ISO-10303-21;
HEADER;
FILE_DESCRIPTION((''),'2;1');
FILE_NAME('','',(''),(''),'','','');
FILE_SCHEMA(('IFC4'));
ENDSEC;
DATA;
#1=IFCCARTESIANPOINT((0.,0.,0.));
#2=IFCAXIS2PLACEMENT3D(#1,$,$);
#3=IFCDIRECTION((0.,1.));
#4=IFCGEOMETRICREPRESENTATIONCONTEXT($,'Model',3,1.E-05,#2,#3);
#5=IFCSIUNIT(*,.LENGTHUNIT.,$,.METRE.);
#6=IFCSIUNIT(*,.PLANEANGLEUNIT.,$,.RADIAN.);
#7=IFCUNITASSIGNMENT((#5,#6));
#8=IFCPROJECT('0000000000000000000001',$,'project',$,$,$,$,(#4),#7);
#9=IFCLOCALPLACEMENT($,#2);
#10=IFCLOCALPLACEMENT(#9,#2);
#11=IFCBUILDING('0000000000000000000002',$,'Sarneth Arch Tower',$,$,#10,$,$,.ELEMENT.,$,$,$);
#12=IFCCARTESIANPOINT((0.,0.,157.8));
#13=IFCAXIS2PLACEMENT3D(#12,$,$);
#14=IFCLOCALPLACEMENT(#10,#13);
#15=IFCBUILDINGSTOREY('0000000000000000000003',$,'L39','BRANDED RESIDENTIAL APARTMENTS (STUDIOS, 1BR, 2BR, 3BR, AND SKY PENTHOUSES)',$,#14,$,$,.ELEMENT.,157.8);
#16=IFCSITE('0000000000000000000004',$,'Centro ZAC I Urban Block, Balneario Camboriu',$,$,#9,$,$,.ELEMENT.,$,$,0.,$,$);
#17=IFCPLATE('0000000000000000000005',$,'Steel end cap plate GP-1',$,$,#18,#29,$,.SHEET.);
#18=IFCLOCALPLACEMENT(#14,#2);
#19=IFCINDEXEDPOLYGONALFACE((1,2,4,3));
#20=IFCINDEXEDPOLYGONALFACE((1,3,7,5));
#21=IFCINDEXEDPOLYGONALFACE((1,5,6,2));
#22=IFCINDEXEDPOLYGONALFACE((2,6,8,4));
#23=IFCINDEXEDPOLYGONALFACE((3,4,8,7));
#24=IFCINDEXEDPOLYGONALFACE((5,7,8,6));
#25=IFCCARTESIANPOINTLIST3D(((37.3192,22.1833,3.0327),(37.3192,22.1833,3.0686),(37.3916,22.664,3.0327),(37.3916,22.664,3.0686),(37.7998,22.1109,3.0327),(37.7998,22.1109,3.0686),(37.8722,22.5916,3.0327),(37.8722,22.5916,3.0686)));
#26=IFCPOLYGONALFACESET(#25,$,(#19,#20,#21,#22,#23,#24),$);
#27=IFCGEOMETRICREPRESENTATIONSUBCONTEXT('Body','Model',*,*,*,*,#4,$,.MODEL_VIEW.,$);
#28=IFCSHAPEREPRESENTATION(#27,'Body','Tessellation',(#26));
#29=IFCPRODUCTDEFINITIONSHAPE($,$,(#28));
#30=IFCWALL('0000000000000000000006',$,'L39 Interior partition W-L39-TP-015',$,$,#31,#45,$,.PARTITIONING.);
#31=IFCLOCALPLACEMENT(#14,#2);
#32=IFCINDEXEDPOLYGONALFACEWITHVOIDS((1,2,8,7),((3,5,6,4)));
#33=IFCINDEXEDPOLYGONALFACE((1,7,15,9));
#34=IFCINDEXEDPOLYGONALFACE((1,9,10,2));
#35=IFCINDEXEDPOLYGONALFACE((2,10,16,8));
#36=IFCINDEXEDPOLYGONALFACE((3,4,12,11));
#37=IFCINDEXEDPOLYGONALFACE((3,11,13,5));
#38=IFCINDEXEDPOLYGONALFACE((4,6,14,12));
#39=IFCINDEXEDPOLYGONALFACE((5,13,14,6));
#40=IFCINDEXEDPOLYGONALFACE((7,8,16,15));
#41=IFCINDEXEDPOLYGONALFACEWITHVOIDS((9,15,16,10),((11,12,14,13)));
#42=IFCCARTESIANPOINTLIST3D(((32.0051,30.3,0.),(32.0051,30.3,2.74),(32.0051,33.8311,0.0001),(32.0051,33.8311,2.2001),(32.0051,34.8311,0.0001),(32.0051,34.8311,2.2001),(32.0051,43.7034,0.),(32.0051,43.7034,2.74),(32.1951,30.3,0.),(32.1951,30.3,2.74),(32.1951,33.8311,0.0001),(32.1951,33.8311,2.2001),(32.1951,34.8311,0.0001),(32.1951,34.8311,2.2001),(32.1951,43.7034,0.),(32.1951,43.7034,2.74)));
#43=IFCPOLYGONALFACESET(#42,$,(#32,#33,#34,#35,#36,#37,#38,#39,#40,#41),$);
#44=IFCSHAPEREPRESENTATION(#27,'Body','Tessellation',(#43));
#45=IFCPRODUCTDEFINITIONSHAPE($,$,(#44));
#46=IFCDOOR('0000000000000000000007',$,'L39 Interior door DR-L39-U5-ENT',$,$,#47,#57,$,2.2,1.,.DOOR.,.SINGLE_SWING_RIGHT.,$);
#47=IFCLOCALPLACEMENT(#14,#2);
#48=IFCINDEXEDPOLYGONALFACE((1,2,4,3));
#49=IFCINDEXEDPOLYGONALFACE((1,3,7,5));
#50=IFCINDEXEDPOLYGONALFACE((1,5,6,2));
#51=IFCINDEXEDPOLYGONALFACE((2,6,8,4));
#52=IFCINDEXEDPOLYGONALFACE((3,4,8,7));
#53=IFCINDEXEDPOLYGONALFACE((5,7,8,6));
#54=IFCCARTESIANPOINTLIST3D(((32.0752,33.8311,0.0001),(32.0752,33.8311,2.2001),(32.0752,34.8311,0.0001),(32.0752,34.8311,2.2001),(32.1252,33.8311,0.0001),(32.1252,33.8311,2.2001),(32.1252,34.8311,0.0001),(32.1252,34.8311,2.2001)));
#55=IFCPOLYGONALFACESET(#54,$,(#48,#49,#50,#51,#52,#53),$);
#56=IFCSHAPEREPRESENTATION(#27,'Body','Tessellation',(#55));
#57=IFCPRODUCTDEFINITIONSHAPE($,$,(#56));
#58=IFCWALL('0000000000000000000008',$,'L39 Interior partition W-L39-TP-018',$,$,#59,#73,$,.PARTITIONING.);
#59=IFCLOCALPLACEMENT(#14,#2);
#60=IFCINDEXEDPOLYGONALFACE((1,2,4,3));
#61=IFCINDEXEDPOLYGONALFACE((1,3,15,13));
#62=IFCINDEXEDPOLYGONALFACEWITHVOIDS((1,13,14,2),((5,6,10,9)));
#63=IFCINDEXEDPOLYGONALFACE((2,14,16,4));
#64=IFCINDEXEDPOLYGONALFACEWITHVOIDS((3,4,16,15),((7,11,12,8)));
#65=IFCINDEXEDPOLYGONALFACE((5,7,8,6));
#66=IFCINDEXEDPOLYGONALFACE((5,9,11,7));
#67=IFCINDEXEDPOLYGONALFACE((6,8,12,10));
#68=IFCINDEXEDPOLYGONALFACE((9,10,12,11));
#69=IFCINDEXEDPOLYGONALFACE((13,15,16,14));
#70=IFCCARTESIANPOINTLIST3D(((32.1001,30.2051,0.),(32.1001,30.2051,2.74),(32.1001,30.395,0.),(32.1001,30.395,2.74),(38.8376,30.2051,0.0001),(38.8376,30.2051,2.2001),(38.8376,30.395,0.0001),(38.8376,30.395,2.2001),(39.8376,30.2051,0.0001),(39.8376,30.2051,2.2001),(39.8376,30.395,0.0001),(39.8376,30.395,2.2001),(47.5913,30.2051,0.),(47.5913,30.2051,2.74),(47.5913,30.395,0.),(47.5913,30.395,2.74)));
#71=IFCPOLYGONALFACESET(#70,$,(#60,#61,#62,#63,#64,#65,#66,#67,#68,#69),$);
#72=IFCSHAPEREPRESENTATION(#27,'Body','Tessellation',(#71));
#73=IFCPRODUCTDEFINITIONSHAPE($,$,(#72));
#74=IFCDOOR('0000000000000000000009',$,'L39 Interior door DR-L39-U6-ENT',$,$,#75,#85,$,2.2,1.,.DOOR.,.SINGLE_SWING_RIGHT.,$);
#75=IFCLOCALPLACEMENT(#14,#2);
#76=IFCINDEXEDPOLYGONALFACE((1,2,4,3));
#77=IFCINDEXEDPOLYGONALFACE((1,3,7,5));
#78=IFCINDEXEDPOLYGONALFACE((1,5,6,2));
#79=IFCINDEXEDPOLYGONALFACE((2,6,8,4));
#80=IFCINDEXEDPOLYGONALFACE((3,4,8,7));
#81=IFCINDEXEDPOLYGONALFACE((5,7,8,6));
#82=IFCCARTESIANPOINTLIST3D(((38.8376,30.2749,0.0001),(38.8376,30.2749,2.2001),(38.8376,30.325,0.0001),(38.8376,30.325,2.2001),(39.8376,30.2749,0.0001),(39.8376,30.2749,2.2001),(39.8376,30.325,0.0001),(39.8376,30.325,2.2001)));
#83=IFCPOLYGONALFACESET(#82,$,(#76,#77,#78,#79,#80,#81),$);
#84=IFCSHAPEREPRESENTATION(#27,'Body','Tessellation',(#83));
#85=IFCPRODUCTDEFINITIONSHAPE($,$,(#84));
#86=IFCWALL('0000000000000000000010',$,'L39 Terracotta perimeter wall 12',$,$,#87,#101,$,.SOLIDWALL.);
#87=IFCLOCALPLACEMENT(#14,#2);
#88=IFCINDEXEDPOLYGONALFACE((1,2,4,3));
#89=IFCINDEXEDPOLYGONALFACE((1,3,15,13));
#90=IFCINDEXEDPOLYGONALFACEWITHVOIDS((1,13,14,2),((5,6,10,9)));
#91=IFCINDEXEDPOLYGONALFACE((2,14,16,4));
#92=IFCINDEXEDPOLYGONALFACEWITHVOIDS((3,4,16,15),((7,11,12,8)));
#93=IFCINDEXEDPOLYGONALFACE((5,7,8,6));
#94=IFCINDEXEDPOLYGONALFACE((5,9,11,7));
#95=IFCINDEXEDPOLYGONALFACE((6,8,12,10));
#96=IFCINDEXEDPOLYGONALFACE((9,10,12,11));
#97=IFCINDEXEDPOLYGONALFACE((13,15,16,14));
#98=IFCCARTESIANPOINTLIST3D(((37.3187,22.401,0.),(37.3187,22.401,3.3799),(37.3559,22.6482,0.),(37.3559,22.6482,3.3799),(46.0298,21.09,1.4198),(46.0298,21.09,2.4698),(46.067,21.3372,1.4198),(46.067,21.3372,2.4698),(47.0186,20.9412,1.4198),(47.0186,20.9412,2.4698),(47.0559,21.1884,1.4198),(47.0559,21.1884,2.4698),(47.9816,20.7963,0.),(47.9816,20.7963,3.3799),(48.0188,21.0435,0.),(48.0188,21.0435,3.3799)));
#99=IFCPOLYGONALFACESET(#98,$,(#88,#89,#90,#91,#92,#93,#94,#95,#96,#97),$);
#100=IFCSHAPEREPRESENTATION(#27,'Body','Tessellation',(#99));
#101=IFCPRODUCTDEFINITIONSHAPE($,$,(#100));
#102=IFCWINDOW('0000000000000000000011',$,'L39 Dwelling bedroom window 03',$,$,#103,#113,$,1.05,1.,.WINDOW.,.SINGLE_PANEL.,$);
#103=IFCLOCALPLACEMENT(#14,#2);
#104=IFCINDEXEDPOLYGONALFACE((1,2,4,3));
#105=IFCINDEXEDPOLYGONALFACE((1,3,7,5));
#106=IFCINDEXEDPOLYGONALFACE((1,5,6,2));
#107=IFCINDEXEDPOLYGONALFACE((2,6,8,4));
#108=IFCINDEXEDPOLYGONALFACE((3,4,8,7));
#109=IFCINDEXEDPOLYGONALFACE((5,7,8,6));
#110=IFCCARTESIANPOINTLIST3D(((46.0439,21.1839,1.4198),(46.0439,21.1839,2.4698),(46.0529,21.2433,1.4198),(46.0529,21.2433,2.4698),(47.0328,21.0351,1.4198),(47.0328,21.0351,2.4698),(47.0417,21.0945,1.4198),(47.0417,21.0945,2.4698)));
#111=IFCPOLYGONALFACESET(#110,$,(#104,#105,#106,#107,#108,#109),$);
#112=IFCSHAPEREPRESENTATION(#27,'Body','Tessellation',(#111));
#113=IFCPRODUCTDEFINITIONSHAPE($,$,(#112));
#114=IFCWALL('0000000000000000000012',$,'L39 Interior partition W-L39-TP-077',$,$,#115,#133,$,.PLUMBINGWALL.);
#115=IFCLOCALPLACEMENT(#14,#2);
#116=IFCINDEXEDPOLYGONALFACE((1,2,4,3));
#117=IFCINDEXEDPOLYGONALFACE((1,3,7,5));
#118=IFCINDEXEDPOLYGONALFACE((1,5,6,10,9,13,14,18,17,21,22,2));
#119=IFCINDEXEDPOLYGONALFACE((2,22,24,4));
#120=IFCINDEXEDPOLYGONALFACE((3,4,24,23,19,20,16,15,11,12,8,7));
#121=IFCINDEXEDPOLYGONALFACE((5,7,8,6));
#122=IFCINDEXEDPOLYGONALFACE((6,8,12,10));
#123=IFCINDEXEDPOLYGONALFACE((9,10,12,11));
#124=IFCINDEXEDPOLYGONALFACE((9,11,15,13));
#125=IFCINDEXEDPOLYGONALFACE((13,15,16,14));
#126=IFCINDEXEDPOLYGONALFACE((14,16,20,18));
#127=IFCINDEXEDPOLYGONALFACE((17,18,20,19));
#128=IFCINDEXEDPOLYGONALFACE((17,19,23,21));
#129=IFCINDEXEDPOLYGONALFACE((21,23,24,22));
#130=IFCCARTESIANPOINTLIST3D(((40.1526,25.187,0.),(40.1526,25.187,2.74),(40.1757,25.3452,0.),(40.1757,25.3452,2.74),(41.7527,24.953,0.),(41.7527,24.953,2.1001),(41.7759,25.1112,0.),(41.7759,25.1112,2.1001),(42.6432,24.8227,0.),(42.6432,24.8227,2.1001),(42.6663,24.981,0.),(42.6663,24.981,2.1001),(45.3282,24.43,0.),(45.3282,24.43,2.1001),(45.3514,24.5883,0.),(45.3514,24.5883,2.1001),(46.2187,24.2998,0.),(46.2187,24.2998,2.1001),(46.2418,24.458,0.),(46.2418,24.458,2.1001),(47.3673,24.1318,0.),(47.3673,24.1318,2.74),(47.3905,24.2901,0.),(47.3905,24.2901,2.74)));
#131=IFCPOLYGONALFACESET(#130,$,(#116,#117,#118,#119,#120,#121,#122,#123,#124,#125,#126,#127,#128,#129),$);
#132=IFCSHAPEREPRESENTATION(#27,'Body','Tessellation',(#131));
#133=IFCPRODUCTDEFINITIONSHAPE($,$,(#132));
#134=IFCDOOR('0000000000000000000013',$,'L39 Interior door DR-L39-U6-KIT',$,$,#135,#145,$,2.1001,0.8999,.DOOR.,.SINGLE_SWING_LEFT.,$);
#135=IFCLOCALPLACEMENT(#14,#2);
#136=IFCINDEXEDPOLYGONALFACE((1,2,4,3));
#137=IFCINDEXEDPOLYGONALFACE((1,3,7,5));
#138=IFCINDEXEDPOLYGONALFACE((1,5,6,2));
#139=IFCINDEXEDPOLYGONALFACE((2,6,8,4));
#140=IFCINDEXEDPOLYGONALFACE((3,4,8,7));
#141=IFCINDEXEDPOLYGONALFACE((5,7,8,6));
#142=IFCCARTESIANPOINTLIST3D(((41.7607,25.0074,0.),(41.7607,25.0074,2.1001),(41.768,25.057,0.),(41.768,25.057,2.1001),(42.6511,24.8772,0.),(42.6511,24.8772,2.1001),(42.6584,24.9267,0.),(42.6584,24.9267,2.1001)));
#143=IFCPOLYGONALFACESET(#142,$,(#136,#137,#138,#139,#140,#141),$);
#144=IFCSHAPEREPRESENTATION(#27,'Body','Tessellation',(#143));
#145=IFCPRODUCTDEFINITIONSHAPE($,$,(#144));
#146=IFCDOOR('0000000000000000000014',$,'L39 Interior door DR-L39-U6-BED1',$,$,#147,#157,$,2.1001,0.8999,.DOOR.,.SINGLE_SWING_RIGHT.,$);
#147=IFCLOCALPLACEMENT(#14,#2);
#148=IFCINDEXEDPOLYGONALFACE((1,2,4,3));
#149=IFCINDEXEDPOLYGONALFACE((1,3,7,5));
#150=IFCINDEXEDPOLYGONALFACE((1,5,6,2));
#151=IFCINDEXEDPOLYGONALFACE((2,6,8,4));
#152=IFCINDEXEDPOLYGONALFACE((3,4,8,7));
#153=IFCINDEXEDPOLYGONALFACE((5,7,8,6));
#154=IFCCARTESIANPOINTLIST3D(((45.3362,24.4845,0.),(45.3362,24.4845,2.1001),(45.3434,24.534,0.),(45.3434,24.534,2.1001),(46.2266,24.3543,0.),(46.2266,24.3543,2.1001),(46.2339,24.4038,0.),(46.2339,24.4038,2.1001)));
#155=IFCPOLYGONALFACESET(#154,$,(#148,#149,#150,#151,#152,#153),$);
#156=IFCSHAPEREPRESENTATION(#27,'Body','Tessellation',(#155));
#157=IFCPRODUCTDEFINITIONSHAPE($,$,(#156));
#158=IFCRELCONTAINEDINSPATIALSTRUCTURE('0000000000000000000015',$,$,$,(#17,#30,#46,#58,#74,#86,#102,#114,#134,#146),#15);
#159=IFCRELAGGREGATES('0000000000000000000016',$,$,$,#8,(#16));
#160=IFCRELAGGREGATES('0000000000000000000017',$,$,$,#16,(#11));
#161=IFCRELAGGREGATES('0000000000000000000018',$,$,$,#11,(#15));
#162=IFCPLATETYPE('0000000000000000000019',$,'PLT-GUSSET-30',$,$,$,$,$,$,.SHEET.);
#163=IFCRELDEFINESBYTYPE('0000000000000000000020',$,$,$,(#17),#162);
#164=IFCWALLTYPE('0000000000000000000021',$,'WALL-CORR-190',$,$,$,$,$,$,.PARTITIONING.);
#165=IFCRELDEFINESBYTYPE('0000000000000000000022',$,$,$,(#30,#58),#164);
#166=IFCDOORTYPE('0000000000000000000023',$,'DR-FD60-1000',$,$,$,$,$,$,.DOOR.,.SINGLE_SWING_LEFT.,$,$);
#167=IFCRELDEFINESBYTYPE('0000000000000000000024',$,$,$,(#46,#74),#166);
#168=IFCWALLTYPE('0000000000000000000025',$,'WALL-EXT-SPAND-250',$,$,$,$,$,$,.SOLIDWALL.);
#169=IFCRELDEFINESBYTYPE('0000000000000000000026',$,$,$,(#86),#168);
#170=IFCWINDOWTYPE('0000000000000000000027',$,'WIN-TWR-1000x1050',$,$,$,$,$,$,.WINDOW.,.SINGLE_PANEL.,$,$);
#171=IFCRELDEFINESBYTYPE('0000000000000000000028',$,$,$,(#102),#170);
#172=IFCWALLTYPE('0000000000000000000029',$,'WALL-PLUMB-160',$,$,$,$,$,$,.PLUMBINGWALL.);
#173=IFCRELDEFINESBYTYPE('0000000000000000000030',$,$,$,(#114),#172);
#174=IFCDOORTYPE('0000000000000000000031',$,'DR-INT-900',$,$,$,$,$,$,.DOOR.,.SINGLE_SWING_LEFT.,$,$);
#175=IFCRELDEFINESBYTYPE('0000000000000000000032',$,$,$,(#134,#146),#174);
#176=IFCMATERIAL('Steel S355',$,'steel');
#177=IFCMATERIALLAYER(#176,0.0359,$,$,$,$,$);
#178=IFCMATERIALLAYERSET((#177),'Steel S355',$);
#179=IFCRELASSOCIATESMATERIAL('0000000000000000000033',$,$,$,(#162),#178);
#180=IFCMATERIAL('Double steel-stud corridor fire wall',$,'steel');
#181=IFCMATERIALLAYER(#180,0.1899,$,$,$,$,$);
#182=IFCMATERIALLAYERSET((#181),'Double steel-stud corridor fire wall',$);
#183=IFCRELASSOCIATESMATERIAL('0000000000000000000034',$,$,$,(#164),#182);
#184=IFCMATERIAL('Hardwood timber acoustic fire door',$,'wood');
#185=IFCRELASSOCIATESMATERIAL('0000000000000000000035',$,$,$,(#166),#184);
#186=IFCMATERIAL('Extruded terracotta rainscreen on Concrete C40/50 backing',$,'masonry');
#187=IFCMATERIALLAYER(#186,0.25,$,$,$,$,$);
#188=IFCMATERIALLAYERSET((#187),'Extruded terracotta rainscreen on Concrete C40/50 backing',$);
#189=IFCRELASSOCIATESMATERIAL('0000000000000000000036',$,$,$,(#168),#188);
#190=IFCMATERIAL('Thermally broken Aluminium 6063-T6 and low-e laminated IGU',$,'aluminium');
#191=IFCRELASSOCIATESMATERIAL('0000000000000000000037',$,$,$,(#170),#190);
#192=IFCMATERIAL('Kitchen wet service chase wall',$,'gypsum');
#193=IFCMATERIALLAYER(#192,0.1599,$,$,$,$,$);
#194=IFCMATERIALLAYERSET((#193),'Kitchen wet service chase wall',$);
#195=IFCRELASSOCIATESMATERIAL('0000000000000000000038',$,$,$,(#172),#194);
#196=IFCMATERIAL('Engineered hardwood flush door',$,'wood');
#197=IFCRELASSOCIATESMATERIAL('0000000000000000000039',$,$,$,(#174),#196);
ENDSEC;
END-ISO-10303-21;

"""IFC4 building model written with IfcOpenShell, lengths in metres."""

from ifc_helpers import new_model, si_unit, direction, frame, frame_2d, origin, origin_2d, place, context, subcontext, project, spatial, rectangle, extrude, material, layer, layer_set, type_object, element, fill, save


model = new_model("IFC4")

# Units and contexts
model_context = context("Model", 3, precision=1e-05, world=origin(), true_north=direction((0.0, 1.0)))
body_context = subcontext(model_context, "Body", "Model", "MODEL_VIEW")
ifc_project = project(units=[si_unit("LENGTHUNIT", "METRE"), si_unit("PLANEANGLEUNIT", "RADIAN")], contexts=[model_context])

# Site, building, storey
site_placement = place(None, origin())
site = spatial("IfcSite", under=ifc_project, at=site_placement, Name="Centro ZAC I Urban Block, Balneario Camboriu", CompositionType="ELEMENT", RefElevation=0.0)
building_placement = place(site_placement, origin())
building = spatial("IfcBuilding", under=site, at=building_placement, Name="Sarneth Arch Tower", CompositionType="ELEMENT")
storey_placement = place(building_placement, frame((0.0, 0.0, 157.8)))
storey = spatial("IfcBuildingStorey", under=building, at=storey_placement, Name="L39", Description="BRANDED RESIDENTIAL APARTMENTS (STUDIOS, 1BR, 2BR, 3BR, AND SKY PENTHOUSES)", CompositionType="ELEMENT", Elevation=157.8)

# Plate
ifc_material_1 = material(Name="Steel S355", Category="steel")
ifc_layer_1 = layer(ifc_material_1, 0.0359)
ifc_layer_set_1 = layer_set([ifc_layer_1], Name="Steel S355")
plate_type = type_object("IfcPlateType", Name="PLT-GUSSET-30", PredefinedType="SHEET", material=ifc_layer_set_1)
for number, where, z_axis, x_axis, name in (
    (1, (37.5957, 22.3875, 3.0327), (0.0, 0.0, 1.0), (0.988835, -0.149018, 0.0), "Steel end cap plate GP-1"),
):
    element("IfcPlate", number, at=place(storey_placement, frame(where, z_axis=z_axis, x_axis=x_axis)), inside=storey, type_object=plate_type, Name=name, PredefinedType="SHEET", context=body_context, shape_type="SweptSolid", body=[
        extrude(rectangle(XDim=0.4861, YDim=0.4861, at=origin_2d()), origin(), (0.0, 0.0, 1.0), 0.0359),
    ])

# Walls, openings, doors
ifc_material_2 = material(Name="Double steel-stud corridor fire wall", Category="steel")
ifc_layer_2 = layer(ifc_material_2, 0.1899)
ifc_layer_set_2 = layer_set([ifc_layer_2], Name="Double steel-stud corridor fire wall")
wall_type_1 = type_object("IfcWallType", Name="WALL-CORR-190", PredefinedType="PARTITIONING", material=ifc_layer_set_2)
wall_1_placement = place(storey_placement, frame((32.1001, 30.3, 0.0), z_axis=(0.0, 0.0, 1.0), x_axis=(0.0, 1.0, 0.0)))
wall_1 = element("IfcWall", 2, at=wall_1_placement, inside=storey, type_object=wall_type_1, Name="L39 Interior partition W-L39-TP-015", PredefinedType="PARTITIONING", context=body_context, shape_type="SweptSolid", body=[
    extrude(rectangle(XDim=13.4033, YDim=0.1899, at=frame_2d((6.7017, 0.0))), origin(), (0.0, 0.0, 1.0), 2.74),
])
opening_1_placement = place(wall_1_placement, frame((3.531, 0.0, 0.0)))
opening_1 = element("IfcOpeningElement", 3, at=opening_1_placement, cuts=wall_1, PredefinedType="OPENING", context=body_context, shape_type="SweptSolid", body=[
    extrude(rectangle(XDim=1.0, YDim=2.2, at=frame_2d((0.5, 1.1001))), frame((0.0, 0.105, 0.0), z_axis=(0.0, -1.0, 0.0), x_axis=(1.0, 0.0, 0.0)), (0.0, 0.0, 1.0), 0.21),
])
ifc_material_3 = material(Name="Hardwood timber acoustic fire door", Category="wood")
door_type_1 = type_object("IfcDoorType", Name="DR-FD60-1000", OperationType="SINGLE_SWING_LEFT", PredefinedType="DOOR", material=ifc_material_3)
door_1_placement = place(opening_1_placement, origin())
door_1 = element("IfcDoor", 4, at=door_1_placement, inside=storey, type_object=door_type_1, Name="L39 Interior door DR-L39-U5-ENT", OperationType="SINGLE_SWING_RIGHT", OverallHeight=2.2, OverallWidth=1.0, PredefinedType="DOOR", context=body_context, shape_type="SweptSolid", body=[
    extrude(rectangle(XDim=1.0, YDim=2.2, at=frame_2d((0.5, 1.1001))), frame((0.0, 0.0249, 0.0), z_axis=(0.0, -1.0, 0.0), x_axis=(1.0, 0.0, 0.0)), (0.0, 0.0, 1.0), 0.05),
])
fill(opening_1, door_1)
wall_2_placement = place(storey_placement, frame((32.1001, 30.3, 0.0), z_axis=(0.0, 0.0, 1.0), x_axis=(1.0, 0.0, 0.0)))
wall_2 = element("IfcWall", 5, at=wall_2_placement, inside=storey, type_object=wall_type_1, Name="L39 Interior partition W-L39-TP-018", PredefinedType="PARTITIONING", context=body_context, shape_type="SweptSolid", body=[
    extrude(rectangle(XDim=15.4912, YDim=0.1899, at=frame_2d((7.7456, 0.0))), origin(), (0.0, 0.0, 1.0), 2.74),
])
opening_2_placement = place(wall_2_placement, frame((6.7375, 0.0, 0.0)))
opening_2 = element("IfcOpeningElement", 6, at=opening_2_placement, cuts=wall_2, PredefinedType="OPENING", context=body_context, shape_type="SweptSolid", body=[
    extrude(rectangle(XDim=1.0, YDim=2.2, at=frame_2d((0.5, 1.1001))), frame((0.0, 0.105, 0.0), z_axis=(0.0, -1.0, 0.0), x_axis=(1.0, 0.0, 0.0)), (0.0, 0.0, 1.0), 0.21),
])
door_2_placement = place(opening_2_placement, origin())
door_2 = element("IfcDoor", 7, at=door_2_placement, inside=storey, type_object=door_type_1, Name="L39 Interior door DR-L39-U6-ENT", OperationType="SINGLE_SWING_RIGHT", OverallHeight=2.2, OverallWidth=1.0, PredefinedType="DOOR", context=body_context, shape_type="SweptSolid", body=[
    extrude(rectangle(XDim=1.0, YDim=2.2, at=frame_2d((0.5, 1.1001))), frame((0.0, 0.0249, 0.0), z_axis=(0.0, -1.0, 0.0), x_axis=(1.0, 0.0, 0.0)), (0.0, 0.0, 1.0), 0.05),
])
fill(opening_2, door_2)

# Wall, opening, window
ifc_material_4 = material(Name="Extruded terracotta rainscreen on Concrete C40/50 backing", Category="masonry")
ifc_layer_3 = layer(ifc_material_4, 0.25)
ifc_layer_set_3 = layer_set([ifc_layer_3], Name="Extruded terracotta rainscreen on Concrete C40/50 backing")
wall_type_2 = type_object("IfcWallType", Name="WALL-EXT-SPAND-250", PredefinedType="SOLIDWALL", material=ifc_layer_set_3)
wall_3_placement = place(storey_placement, frame((37.3372, 22.5247, 0.0), z_axis=(0.0, 0.0, 1.0), x_axis=(0.988864, -0.148822, 0.0)))
wall_3 = element("IfcWall", 8, at=wall_3_placement, inside=storey, type_object=wall_type_2, Name="L39 Terracotta perimeter wall 12", PredefinedType="SOLIDWALL", context=body_context, shape_type="SweptSolid", body=[
    extrude(rectangle(XDim=10.783, YDim=0.25, at=frame_2d((5.3916, 0.0))), origin(), (0.0, 0.0, 1.0), 3.3799),
])
opening_3_placement = place(wall_3_placement, frame((8.8093, 0.0, 1.4199)))
opening_3 = element("IfcOpeningElement", 9, at=opening_3_placement, cuts=wall_3, PredefinedType="OPENING", context=body_context, shape_type="SweptSolid", body=[
    extrude(rectangle(XDim=1.0, YDim=1.05, at=frame_2d((0.5, 0.5249))), frame((0.0, 0.135, 0.0), z_axis=(0.0, -1.0, 0.0), x_axis=(1.0, 0.0, 0.0)), (0.0, 0.0, 1.0), 0.27),
])
ifc_material_5 = material(Name="Thermally broken Aluminium 6063-T6 and low-e laminated IGU", Category="aluminium")
window_type = type_object("IfcWindowType", Name="WIN-TWR-1000x1050", PartitioningType="SINGLE_PANEL", PredefinedType="WINDOW", material=ifc_material_5)
window_placement = place(opening_3_placement, origin())
window = element("IfcWindow", 10, at=window_placement, inside=storey, type_object=window_type, Name="L39 Dwelling bedroom window 03", OverallHeight=1.05, OverallWidth=1.0, PartitioningType="SINGLE_PANEL", PredefinedType="WINDOW", context=body_context, shape_type="SweptSolid", body=[
    extrude(rectangle(XDim=1.0, YDim=1.05, at=frame_2d((0.5, 0.5249))), frame((0.0, 0.03, 0.0), z_axis=(0.0, -1.0, 0.0), x_axis=(1.0, 0.0, 0.0)), (0.0, 0.0, 1.0), 0.0601),
])
fill(opening_3, window)

# Wall, openings, doors
ifc_material_6 = material(Name="Kitchen wet service chase wall", Category="gypsum")
ifc_layer_4 = layer(ifc_material_6, 0.1599)
ifc_layer_set_4 = layer_set([ifc_layer_4], Name="Kitchen wet service chase wall")
wall_type_3 = type_object("IfcWallType", Name="WALL-PLUMB-160", PredefinedType="PLUMBINGWALL", material=ifc_layer_set_4)
wall_4_placement = place(storey_placement, frame((47.3789, 24.2109, 0.0), z_axis=(0.0, 0.0, 1.0), x_axis=(-0.989474, 0.144711, 0.0)))
wall_4 = element("IfcWall", 11, at=wall_4_placement, inside=storey, type_object=wall_type_3, Name="L39 Interior partition W-L39-TP-077", PredefinedType="PLUMBINGWALL", context=body_context, shape_type="SweptSolid", body=[
    extrude(rectangle(XDim=7.2915, YDim=0.1599, at=frame_2d((3.6458, 0.0))), origin(), (0.0, 0.0, 1.0), 2.74),
])
opening_4_placement = place(wall_4_placement, frame((4.7744, 0.0, 0.0)))
opening_4 = element("IfcOpeningElement", 12, at=opening_4_placement, cuts=wall_4, PredefinedType="OPENING", context=body_context, shape_type="SweptSolid", body=[
    extrude(rectangle(XDim=0.8999, YDim=2.1001, at=frame_2d((0.45, 1.05))), frame((0.0, 0.0898, 0.0), z_axis=(0.0, -1.0, 0.0), x_axis=(1.0, 0.0, 0.0)), (0.0, 0.0, 1.0), 0.1799),
])
opening_5_placement = place(wall_4_placement, frame((1.1609, 0.0, 0.0)))
opening_5 = element("IfcOpeningElement", 13, at=opening_5_placement, cuts=wall_4, PredefinedType="OPENING", context=body_context, shape_type="SweptSolid", body=[
    extrude(rectangle(XDim=0.8999, YDim=2.1001, at=frame_2d((0.45, 1.05))), frame((0.0, 0.0898, 0.0), z_axis=(0.0, -1.0, 0.0), x_axis=(1.0, 0.0, 0.0)), (0.0, 0.0, 1.0), 0.1799),
])
ifc_material_7 = material(Name="Engineered hardwood flush door", Category="wood")
door_type_2 = type_object("IfcDoorType", Name="DR-INT-900", OperationType="SINGLE_SWING_LEFT", PredefinedType="DOOR", material=ifc_material_7)
door_3_placement = place(opening_4_placement, origin())
door_3 = element("IfcDoor", 14, at=door_3_placement, inside=storey, type_object=door_type_2, Name="L39 Interior door DR-L39-U6-KIT", OperationType="SINGLE_SWING_LEFT", OverallHeight=2.1001, OverallWidth=0.8999, PredefinedType="DOOR", context=body_context, shape_type="SweptSolid", body=[
    extrude(rectangle(XDim=0.8999, YDim=2.1001, at=frame_2d((0.45, 1.05))), frame((0.0, 0.0249, 0.0), z_axis=(0.0, -1.0, 0.0), x_axis=(1.0, 0.0, 0.0)), (0.0, 0.0, 1.0), 0.05),
])
fill(opening_4, door_3)
door_4_placement = place(opening_5_placement, origin())
door_4 = element("IfcDoor", 15, at=door_4_placement, inside=storey, type_object=door_type_2, Name="L39 Interior door DR-L39-U6-BED1", OperationType="SINGLE_SWING_RIGHT", OverallHeight=2.1001, OverallWidth=0.8999, PredefinedType="DOOR", context=body_context, shape_type="SweptSolid", body=[
    extrude(rectangle(XDim=0.8999, YDim=2.1001, at=frame_2d((0.45, 1.05))), frame((0.0, 0.0249, 0.0), z_axis=(0.0, -1.0, 0.0), x_axis=(1.0, 0.0, 0.0)), (0.0, 0.0, 1.0), 0.05),
])
fill(opening_5, door_4)

save(model, "model.ifc")
